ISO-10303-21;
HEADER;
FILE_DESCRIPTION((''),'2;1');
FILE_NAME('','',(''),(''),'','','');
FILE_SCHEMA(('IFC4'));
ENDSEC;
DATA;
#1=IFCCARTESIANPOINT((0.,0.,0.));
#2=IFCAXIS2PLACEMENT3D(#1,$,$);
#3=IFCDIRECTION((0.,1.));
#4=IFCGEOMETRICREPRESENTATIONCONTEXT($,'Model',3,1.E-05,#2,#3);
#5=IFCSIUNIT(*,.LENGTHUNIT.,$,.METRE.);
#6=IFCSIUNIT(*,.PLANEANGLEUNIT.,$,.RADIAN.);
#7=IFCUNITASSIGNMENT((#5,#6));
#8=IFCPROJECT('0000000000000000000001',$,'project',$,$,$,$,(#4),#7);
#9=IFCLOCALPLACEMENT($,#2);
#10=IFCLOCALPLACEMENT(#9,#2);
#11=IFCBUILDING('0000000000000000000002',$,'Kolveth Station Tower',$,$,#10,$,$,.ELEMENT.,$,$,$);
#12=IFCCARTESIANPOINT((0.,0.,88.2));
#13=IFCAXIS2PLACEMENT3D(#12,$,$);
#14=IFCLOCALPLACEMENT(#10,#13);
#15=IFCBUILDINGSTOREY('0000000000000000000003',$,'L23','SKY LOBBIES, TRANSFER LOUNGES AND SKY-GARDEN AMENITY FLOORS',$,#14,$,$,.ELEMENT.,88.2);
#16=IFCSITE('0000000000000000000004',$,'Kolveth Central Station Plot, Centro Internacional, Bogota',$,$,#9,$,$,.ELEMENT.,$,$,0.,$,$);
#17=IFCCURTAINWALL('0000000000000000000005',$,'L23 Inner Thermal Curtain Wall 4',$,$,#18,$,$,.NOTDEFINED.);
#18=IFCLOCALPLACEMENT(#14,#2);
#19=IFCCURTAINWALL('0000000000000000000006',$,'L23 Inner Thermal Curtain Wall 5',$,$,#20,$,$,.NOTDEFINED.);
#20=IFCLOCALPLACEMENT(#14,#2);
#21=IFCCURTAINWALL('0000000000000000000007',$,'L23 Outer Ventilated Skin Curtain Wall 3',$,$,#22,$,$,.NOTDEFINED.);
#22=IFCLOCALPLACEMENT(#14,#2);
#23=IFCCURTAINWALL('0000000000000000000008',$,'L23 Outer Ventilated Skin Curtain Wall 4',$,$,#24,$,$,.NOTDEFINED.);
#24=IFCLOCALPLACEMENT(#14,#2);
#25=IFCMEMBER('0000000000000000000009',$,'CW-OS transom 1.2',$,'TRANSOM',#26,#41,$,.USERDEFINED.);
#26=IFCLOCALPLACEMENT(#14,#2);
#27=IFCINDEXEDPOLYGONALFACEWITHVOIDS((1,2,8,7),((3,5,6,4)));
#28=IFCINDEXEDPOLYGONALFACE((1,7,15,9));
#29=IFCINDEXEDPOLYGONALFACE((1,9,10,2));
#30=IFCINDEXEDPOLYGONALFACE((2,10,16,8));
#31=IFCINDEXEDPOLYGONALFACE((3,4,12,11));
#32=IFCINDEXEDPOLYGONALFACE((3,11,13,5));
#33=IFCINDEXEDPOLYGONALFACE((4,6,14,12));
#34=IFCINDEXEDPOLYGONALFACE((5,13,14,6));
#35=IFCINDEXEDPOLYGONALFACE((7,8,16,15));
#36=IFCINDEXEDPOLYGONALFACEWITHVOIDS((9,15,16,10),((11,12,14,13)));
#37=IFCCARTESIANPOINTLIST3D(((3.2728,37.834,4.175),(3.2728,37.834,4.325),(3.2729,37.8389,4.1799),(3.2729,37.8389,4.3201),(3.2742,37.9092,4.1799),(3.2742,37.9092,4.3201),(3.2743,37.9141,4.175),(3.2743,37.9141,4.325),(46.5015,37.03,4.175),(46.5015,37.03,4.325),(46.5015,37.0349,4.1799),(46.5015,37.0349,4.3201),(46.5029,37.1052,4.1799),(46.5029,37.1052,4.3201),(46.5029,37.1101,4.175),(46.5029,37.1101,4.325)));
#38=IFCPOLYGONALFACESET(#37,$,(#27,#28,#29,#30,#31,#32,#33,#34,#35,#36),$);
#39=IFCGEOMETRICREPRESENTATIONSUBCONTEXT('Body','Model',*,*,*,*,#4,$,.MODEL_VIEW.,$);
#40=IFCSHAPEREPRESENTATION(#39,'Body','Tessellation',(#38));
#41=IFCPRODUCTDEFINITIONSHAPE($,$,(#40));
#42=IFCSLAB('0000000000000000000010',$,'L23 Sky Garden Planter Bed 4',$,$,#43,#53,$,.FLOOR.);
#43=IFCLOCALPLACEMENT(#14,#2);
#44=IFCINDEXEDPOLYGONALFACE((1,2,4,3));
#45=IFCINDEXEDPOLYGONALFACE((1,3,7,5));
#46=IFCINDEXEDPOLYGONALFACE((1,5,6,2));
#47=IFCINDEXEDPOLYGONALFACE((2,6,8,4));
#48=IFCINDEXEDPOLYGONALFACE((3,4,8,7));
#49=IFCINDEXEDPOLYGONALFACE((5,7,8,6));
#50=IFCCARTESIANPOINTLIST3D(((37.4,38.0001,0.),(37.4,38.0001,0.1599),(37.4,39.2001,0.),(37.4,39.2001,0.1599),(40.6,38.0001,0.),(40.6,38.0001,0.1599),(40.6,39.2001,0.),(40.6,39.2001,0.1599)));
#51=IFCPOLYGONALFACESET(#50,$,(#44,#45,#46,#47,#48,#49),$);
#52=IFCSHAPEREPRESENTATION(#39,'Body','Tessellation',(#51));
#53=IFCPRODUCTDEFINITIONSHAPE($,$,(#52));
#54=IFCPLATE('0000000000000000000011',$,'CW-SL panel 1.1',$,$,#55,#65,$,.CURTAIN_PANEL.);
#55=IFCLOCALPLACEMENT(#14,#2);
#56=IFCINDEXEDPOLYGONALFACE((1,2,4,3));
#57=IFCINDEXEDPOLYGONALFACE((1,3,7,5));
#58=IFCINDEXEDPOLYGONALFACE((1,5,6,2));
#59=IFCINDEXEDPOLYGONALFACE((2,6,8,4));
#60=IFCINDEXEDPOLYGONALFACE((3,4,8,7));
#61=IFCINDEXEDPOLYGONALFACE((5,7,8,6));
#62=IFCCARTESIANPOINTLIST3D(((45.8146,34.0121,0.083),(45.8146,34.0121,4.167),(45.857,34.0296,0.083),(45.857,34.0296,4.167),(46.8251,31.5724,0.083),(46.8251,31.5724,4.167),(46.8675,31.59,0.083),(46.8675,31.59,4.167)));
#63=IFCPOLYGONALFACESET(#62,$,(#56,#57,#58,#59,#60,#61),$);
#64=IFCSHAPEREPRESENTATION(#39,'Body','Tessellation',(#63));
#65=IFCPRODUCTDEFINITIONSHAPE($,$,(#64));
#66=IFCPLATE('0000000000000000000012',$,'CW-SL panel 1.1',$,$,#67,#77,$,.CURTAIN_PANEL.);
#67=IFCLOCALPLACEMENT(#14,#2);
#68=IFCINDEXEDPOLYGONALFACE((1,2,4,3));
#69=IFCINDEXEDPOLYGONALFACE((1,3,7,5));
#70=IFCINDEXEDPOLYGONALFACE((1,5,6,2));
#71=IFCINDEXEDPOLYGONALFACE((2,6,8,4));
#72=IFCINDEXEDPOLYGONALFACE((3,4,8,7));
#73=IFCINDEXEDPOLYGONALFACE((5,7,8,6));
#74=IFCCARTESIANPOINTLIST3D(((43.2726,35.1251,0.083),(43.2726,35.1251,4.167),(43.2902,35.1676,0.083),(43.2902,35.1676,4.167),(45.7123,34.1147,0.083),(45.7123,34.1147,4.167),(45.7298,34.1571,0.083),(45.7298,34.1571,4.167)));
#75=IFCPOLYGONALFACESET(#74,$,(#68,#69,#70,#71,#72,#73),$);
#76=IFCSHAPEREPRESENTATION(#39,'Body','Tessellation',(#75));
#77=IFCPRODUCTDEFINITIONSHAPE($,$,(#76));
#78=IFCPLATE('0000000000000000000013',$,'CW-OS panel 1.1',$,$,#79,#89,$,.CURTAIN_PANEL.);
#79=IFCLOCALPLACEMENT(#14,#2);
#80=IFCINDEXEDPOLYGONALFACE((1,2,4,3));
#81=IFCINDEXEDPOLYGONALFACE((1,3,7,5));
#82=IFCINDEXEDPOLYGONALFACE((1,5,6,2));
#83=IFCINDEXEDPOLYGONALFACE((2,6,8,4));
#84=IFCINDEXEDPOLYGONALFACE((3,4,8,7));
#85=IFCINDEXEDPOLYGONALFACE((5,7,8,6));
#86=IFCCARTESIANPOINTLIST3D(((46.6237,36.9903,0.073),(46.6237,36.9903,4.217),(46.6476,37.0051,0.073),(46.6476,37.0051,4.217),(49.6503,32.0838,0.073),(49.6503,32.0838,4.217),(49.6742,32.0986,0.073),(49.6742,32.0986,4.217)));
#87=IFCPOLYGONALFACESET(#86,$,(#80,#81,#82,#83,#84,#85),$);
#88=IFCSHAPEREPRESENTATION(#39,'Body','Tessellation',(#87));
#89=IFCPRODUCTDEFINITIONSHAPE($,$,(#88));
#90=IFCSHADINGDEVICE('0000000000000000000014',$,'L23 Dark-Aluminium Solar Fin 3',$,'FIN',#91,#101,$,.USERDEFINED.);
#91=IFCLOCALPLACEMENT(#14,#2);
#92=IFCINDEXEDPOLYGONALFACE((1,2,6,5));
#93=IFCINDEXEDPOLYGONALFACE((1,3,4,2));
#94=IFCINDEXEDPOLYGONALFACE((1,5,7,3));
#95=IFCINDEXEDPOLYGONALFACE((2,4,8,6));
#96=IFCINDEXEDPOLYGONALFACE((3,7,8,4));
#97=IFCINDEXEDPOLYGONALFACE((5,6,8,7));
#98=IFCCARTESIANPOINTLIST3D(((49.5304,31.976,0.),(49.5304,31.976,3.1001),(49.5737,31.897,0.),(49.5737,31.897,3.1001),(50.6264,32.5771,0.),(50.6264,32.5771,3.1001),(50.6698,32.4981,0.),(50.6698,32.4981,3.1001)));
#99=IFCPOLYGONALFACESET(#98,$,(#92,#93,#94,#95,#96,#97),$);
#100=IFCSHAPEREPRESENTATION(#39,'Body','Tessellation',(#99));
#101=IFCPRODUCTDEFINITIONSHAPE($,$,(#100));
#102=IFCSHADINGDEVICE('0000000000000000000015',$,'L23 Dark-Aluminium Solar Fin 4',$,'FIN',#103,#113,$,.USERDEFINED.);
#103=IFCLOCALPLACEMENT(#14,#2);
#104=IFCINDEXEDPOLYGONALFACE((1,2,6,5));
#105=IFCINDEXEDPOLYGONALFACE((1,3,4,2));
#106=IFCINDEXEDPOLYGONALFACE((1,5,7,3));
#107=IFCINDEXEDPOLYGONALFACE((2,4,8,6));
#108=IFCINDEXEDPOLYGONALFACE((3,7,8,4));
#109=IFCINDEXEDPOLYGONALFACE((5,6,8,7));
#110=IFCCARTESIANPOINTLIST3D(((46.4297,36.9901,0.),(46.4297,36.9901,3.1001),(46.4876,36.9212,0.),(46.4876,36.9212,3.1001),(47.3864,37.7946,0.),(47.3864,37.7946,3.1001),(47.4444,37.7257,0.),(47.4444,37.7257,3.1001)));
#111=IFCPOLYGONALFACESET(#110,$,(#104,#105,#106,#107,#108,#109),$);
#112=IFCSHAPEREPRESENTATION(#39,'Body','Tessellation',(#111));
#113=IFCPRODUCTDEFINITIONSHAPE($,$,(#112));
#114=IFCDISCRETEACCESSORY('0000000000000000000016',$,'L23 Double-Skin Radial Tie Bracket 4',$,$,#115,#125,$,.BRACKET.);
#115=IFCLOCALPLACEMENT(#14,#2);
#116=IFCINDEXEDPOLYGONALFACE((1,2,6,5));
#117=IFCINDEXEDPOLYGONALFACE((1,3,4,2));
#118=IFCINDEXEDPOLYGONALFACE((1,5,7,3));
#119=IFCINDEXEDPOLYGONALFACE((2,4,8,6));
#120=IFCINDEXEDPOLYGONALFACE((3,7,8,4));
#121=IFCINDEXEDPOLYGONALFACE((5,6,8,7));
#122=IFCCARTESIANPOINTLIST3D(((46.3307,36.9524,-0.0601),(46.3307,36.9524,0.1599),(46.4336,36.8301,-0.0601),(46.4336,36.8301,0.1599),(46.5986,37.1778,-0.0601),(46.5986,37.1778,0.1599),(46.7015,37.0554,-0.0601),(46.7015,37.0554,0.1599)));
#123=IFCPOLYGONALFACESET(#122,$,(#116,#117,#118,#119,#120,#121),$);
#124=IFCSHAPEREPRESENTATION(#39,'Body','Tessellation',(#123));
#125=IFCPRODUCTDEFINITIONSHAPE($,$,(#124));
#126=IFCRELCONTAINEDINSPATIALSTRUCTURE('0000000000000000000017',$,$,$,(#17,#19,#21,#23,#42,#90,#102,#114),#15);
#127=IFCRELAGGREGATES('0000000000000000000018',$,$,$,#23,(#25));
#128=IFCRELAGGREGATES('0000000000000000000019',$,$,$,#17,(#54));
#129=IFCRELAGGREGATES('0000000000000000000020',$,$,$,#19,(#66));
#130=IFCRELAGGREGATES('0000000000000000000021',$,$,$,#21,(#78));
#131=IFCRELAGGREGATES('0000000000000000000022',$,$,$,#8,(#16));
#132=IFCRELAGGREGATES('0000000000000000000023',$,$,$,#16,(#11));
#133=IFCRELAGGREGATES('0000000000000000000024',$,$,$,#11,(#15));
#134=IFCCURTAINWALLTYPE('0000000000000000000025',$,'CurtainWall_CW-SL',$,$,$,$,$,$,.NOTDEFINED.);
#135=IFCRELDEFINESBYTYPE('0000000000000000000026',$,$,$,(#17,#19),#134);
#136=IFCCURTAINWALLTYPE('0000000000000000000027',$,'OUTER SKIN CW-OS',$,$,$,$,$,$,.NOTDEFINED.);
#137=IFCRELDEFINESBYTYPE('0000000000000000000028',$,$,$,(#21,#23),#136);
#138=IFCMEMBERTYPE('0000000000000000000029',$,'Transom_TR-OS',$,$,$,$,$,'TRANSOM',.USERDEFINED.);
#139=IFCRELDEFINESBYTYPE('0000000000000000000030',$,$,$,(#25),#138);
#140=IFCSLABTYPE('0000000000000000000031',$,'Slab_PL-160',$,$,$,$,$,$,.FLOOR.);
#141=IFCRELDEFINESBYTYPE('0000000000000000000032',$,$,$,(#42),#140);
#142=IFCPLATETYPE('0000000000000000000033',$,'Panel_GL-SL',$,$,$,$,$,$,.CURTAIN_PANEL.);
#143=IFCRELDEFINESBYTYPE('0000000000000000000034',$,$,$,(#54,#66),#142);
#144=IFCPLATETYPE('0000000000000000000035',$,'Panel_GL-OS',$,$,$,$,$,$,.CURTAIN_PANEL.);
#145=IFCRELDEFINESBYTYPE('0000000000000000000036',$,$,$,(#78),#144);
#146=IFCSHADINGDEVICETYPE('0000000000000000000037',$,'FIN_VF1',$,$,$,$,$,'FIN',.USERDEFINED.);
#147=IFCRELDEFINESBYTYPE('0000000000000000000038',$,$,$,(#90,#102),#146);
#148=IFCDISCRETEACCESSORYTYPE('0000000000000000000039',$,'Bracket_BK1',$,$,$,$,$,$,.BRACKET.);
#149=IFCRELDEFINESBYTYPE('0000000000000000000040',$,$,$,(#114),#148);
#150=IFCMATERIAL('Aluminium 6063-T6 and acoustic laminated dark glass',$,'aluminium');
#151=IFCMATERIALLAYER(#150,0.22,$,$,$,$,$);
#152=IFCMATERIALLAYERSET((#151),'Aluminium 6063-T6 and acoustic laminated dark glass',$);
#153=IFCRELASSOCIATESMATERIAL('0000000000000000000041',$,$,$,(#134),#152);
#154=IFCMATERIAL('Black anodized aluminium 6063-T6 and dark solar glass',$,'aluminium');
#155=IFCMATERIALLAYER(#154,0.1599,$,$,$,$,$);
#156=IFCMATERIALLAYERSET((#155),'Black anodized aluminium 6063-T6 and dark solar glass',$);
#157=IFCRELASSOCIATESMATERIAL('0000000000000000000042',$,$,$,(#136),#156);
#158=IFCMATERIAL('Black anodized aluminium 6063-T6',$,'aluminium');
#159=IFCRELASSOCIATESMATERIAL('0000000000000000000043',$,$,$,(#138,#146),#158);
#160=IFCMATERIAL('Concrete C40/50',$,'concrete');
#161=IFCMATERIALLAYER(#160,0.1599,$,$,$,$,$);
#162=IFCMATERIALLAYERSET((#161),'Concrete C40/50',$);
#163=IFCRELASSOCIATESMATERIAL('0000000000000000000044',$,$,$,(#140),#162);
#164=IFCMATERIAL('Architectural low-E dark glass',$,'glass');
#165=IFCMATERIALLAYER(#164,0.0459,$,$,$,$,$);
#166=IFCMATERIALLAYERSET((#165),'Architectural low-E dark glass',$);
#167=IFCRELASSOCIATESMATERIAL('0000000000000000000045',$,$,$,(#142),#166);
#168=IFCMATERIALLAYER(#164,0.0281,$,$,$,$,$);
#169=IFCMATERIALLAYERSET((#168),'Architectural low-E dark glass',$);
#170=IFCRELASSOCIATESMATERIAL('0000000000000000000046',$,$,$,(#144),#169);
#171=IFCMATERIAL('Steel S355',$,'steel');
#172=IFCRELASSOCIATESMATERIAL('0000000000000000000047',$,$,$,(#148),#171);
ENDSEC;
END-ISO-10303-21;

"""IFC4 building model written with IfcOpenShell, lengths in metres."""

from ifc_helpers import new_model, si_unit, direction, frame, origin, origin_2d, place, context, subcontext, project, spatial, rectangle, hollow_rectangle, extrude, source, transform, mapped, material, layer, layer_set, material_profile, profile_set, type_object, element, aggregate, save


model = new_model("IFC4")

# Units and contexts
model_context = context("Model", 3, precision=1e-05, world=origin(), true_north=direction((0.0, 1.0)))
body_context = subcontext(model_context, "Body", "Model", "MODEL_VIEW")
ifc_project = project(units=[si_unit("LENGTHUNIT", "METRE"), si_unit("PLANEANGLEUNIT", "RADIAN")], contexts=[model_context])

# Site, building, storey
site_placement = place(None, origin())
site = spatial("IfcSite", under=ifc_project, at=site_placement, Name="Kolveth Central Station Plot, Centro Internacional, Bogota", CompositionType="ELEMENT", RefElevation=0.0)
building_placement = place(site_placement, origin())
building = spatial("IfcBuilding", under=site, at=building_placement, Name="Kolveth Station Tower", CompositionType="ELEMENT")
storey_placement = place(building_placement, frame((0.0, 0.0, 88.2)))
storey = spatial("IfcBuildingStorey", under=building, at=storey_placement, Name="L23", Description="SKY LOBBIES, TRANSFER LOUNGES AND SKY-GARDEN AMENITY FLOORS", CompositionType="ELEMENT", Elevation=88.2)

# Shared definitions
ifc_material_1 = material(Name="Steel S355", Category="steel")

# Curtain wall
ifc_material_2 = material(Name="Aluminium 6063-T6 and acoustic laminated dark glass", Category="aluminium")
ifc_layer_1 = layer(ifc_material_2, 0.22)
ifc_layer_set_1 = layer_set([ifc_layer_1], Name="Aluminium 6063-T6 and acoustic laminated dark glass")
curtain_wall_type_1 = type_object("IfcCurtainWallType", Name="CurtainWall_CW-SL", PredefinedType="NOTDEFINED", material=ifc_layer_set_1)
curtain_wall_1_placement = place(storey_placement, origin())
curtain_wall_1 = element("IfcCurtainWall", 1, at=curtain_wall_1_placement, inside=storey, type_object=curtain_wall_type_1, Name="L23 Inner Thermal Curtain Wall 4", PredefinedType="NOTDEFINED")
ifc_material_3 = material(Name="Black anodized aluminium 6063-T6", Category="aluminium")

# Curtain wall
curtain_wall_2_placement = place(storey_placement, origin())
curtain_wall_2 = element("IfcCurtainWall", 2, at=curtain_wall_2_placement, inside=storey, type_object=curtain_wall_type_1, Name="L23 Inner Thermal Curtain Wall 5", PredefinedType="NOTDEFINED")

# Curtain wall
ifc_material_4 = material(Name="Black anodized aluminium 6063-T6 and dark solar glass", Category="aluminium")
ifc_layer_2 = layer(ifc_material_4, 0.1599)
ifc_layer_set_2 = layer_set([ifc_layer_2], Name="Black anodized aluminium 6063-T6 and dark solar glass")
curtain_wall_type_2 = type_object("IfcCurtainWallType", Name="OUTER SKIN CW-OS", PredefinedType="NOTDEFINED", material=ifc_layer_set_2)
curtain_wall_3_placement = place(storey_placement, origin())
curtain_wall_3 = element("IfcCurtainWall", 3, at=curtain_wall_3_placement, inside=storey, type_object=curtain_wall_type_2, Name="L23 Outer Ventilated Skin Curtain Wall 3", PredefinedType="NOTDEFINED")

# Curtain wall, member
curtain_wall_4_placement = place(storey_placement, origin())
curtain_wall_4 = element("IfcCurtainWall", 4, at=curtain_wall_4_placement, inside=storey, type_object=curtain_wall_type_2, Name="L23 Outer Ventilated Skin Curtain Wall 4", PredefinedType="NOTDEFINED")
ifc_material_profile_1 = material_profile(ifc_material_3, hollow_rectangle(XDim=0.0801, YDim=0.1499, WallThickness=0.0049, at=origin_2d()), Name="ALU-80x150x5")
ifc_profile_set_1 = profile_set([ifc_material_profile_1], Name="Black anodized aluminium 6063-T6")
member_type_1 = type_object("IfcMemberType", Name="Transom_TR-OS", ElementType="TRANSOM", PredefinedType="USERDEFINED", material=ifc_profile_set_1)
shared_shape_1 = source(origin(), body_context, "Body", "SweptSolid", [
    extrude(hollow_rectangle(XDim=0.0801, YDim=0.1499, WallThickness=0.0049, at=origin_2d()), origin(), (0.0, 0.0, 1.0), 43.2361),
])
member_1_placement = place(storey_placement, frame((46.5022, 37.0701, 4.25), z_axis=(-0.999827, 0.018595, 0.0), x_axis=(-0.018595, -0.999827, 0.0)))
member_1 = element("IfcMember", 5, at=member_1_placement, type_object=member_type_1, Name="CW-OS transom 1.2", ObjectType="TRANSOM", PredefinedType="USERDEFINED", context=body_context, shape_type="MappedRepresentation", body=[
    mapped(shared_shape_1, transform((0.0, 0.0, 0.0), x_axis=(1.0, 0.0, 0.0), y_axis=(0.0, 1.0, 0.0), z_axis=(0.0, 0.0, 1.0), scale=1.0)),
])
aggregate(curtain_wall_4, [member_1])

# Slab
ifc_material_5 = material(Name="Concrete C40/50", Category="concrete")
ifc_layer_3 = layer(ifc_material_5, 0.1599)
ifc_layer_set_3 = layer_set([ifc_layer_3], Name="Concrete C40/50")
slab_type = type_object("IfcSlabType", Name="Slab_PL-160", PredefinedType="FLOOR", material=ifc_layer_set_3)
shared_shape_2 = source(origin(), body_context, "Body", "SweptSolid", [
    extrude(rectangle(XDim=3.2, YDim=1.2, at=origin_2d()), origin(), (0.0, 0.0, 1.0), 0.1599),
])
slab_placement = place(storey_placement, frame((39.0, 38.6001, 0.0), z_axis=(0.0, 0.0, 1.0), x_axis=(1.0, 0.0, 0.0)))
element("IfcSlab", 6, at=slab_placement, inside=storey, type_object=slab_type, Name="L23 Sky Garden Planter Bed 4", PredefinedType="FLOOR", context=body_context, shape_type="MappedRepresentation", body=[
    mapped(shared_shape_2, transform((0.0, 0.0, 0.0), x_axis=(1.0, 0.0, 0.0), y_axis=(0.0, 1.0, 0.0), z_axis=(0.0, 0.0, 1.0), scale=1.0)),
])

# Plates
ifc_material_6 = material(Name="Architectural low-E dark glass", Category="glass")
ifc_layer_4 = layer(ifc_material_6, 0.0459)
ifc_layer_set_4 = layer_set([ifc_layer_4], Name="Architectural low-E dark glass")
plate_type_1 = type_object("IfcPlateType", Name="Panel_GL-SL", PredefinedType="CURTAIN_PANEL", material=ifc_layer_set_4)
shared_shape_3 = source(origin(), body_context, "Body", "SweptSolid", [
    extrude(rectangle(XDim=2.6406, YDim=0.0459, at=origin_2d()), origin(), (0.0, 0.0, 1.0), 4.084),
])
plate_1_placement = place(storey_placement, frame((46.3411, 32.801, 0.083), z_axis=(0.0, 0.0, 1.0), x_axis=(-0.382663, 0.923888, 0.0)))
plate_1 = element("IfcPlate", 7, at=plate_1_placement, type_object=plate_type_1, Name="CW-SL panel 1.1", PredefinedType="CURTAIN_PANEL", context=body_context, shape_type="MappedRepresentation", body=[
    mapped(shared_shape_3, transform((0.0, 0.0, 0.0), x_axis=(1.0, 0.0, 0.0), y_axis=(0.0, 1.0, 0.0), z_axis=(0.0, 0.0, 1.0), scale=1.0)),
])
aggregate(curtain_wall_1, [plate_1])
plate_2_placement = place(storey_placement, frame((44.5012, 34.6411, 0.083), z_axis=(0.0, 0.0, 1.0), x_axis=(-0.923888, 0.382663, 0.0)))
plate_2 = element("IfcPlate", 8, at=plate_2_placement, type_object=plate_type_1, Name="CW-SL panel 1.1", PredefinedType="CURTAIN_PANEL", context=body_context, shape_type="MappedRepresentation", body=[
    mapped(shared_shape_3, transform((0.0, 0.0, 0.0), x_axis=(1.0, 0.0, 0.0), y_axis=(0.0, 1.0, 0.0), z_axis=(0.0, 0.0, 1.0), scale=1.0)),
])
aggregate(curtain_wall_2, [plate_2])
ifc_layer_5 = layer(ifc_material_6, 0.0281)
ifc_layer_set_5 = layer_set([ifc_layer_5], Name="Architectural low-E dark glass")
plate_type_2 = type_object("IfcPlateType", Name="Panel_GL-OS", PredefinedType="CURTAIN_PANEL", material=ifc_layer_set_5)
shared_shape_4 = source(origin(), body_context, "Body", "SweptSolid", [
    extrude(rectangle(XDim=5.7649, YDim=0.0281, at=origin_2d()), origin(), (0.0, 0.0, 1.0), 4.144),
])
plate_3_placement = place(storey_placement, frame((48.1489, 34.5444, 0.073), z_axis=(0.0, 0.0, 1.0), x_axis=(-0.525005, 0.851099, 0.0)))
plate_3 = element("IfcPlate", 9, at=plate_3_placement, type_object=plate_type_2, Name="CW-OS panel 1.1", PredefinedType="CURTAIN_PANEL", context=body_context, shape_type="MappedRepresentation", body=[
    mapped(shared_shape_4, transform((0.0, 0.0, 0.0), x_axis=(1.0, 0.0, 0.0), y_axis=(0.0, 1.0, 0.0), z_axis=(0.0, 0.0, 1.0), scale=1.0)),
])
aggregate(curtain_wall_3, [plate_3])

# Shading devices
shading_device_type = type_object("IfcShadingDeviceType", Name="FIN_VF1", ElementType="FIN", PredefinedType="USERDEFINED", material=ifc_material_3)
shared_shape_5 = source(origin(), body_context, "Body", "SweptSolid", [
    extrude(rectangle(XDim=1.25, YDim=0.0901, at=origin_2d()), origin(), (0.0, 0.0, 1.0), 3.1001),
])
for number, where, z_axis, x_axis, name in (
    (10, (50.1001, 32.2371, 0.0), (0.0, 0.0, 1.0), (0.876811, 0.480836, 0.0), "L23 Dark-Aluminium Solar Fin 3"),
    (11, (46.937, 37.3579, 0.0), (0.0, 0.0, 1.0), (0.765371, 0.643589, 0.0), "L23 Dark-Aluminium Solar Fin 4"),
):
    element("IfcShadingDevice", number, at=place(storey_placement, frame(where, z_axis=z_axis, x_axis=x_axis)), inside=storey, type_object=shading_device_type, Name=name, ObjectType="FIN", PredefinedType="USERDEFINED", context=body_context, shape_type="MappedRepresentation", body=[
        mapped(shared_shape_5, transform((0.0, 0.0, 0.0), x_axis=(1.0, 0.0, 0.0), y_axis=(0.0, 1.0, 0.0), z_axis=(0.0, 0.0, 1.0), scale=1.0)),
    ])

# Discrete accessory
discrete_accessory_type = type_object("IfcDiscreteAccessoryType", Name="Bracket_BK1", PredefinedType="BRACKET", material=ifc_material_1)
shared_shape_6 = source(origin(), body_context, "Body", "SweptSolid", [
    extrude(rectangle(XDim=0.3501, YDim=0.1599, at=origin_2d()), origin(), (0.0, 0.0, 1.0), 0.22),
])
discrete_accessory_placement = place(storey_placement, frame((46.5161, 37.0039, -0.0601), z_axis=(0.0, 0.0, 1.0), x_axis=(0.765371, 0.643589, 0.0)))
element("IfcDiscreteAccessory", 12, at=discrete_accessory_placement, inside=storey, type_object=discrete_accessory_type, Name="L23 Double-Skin Radial Tie Bracket 4", PredefinedType="BRACKET", context=body_context, shape_type="MappedRepresentation", body=[
    mapped(shared_shape_6, transform((0.0, 0.0, 0.0), x_axis=(1.0, 0.0, 0.0), y_axis=(0.0, 1.0, 0.0), z_axis=(0.0, 0.0, 1.0), scale=1.0)),
])

save(model, "model.ifc")
